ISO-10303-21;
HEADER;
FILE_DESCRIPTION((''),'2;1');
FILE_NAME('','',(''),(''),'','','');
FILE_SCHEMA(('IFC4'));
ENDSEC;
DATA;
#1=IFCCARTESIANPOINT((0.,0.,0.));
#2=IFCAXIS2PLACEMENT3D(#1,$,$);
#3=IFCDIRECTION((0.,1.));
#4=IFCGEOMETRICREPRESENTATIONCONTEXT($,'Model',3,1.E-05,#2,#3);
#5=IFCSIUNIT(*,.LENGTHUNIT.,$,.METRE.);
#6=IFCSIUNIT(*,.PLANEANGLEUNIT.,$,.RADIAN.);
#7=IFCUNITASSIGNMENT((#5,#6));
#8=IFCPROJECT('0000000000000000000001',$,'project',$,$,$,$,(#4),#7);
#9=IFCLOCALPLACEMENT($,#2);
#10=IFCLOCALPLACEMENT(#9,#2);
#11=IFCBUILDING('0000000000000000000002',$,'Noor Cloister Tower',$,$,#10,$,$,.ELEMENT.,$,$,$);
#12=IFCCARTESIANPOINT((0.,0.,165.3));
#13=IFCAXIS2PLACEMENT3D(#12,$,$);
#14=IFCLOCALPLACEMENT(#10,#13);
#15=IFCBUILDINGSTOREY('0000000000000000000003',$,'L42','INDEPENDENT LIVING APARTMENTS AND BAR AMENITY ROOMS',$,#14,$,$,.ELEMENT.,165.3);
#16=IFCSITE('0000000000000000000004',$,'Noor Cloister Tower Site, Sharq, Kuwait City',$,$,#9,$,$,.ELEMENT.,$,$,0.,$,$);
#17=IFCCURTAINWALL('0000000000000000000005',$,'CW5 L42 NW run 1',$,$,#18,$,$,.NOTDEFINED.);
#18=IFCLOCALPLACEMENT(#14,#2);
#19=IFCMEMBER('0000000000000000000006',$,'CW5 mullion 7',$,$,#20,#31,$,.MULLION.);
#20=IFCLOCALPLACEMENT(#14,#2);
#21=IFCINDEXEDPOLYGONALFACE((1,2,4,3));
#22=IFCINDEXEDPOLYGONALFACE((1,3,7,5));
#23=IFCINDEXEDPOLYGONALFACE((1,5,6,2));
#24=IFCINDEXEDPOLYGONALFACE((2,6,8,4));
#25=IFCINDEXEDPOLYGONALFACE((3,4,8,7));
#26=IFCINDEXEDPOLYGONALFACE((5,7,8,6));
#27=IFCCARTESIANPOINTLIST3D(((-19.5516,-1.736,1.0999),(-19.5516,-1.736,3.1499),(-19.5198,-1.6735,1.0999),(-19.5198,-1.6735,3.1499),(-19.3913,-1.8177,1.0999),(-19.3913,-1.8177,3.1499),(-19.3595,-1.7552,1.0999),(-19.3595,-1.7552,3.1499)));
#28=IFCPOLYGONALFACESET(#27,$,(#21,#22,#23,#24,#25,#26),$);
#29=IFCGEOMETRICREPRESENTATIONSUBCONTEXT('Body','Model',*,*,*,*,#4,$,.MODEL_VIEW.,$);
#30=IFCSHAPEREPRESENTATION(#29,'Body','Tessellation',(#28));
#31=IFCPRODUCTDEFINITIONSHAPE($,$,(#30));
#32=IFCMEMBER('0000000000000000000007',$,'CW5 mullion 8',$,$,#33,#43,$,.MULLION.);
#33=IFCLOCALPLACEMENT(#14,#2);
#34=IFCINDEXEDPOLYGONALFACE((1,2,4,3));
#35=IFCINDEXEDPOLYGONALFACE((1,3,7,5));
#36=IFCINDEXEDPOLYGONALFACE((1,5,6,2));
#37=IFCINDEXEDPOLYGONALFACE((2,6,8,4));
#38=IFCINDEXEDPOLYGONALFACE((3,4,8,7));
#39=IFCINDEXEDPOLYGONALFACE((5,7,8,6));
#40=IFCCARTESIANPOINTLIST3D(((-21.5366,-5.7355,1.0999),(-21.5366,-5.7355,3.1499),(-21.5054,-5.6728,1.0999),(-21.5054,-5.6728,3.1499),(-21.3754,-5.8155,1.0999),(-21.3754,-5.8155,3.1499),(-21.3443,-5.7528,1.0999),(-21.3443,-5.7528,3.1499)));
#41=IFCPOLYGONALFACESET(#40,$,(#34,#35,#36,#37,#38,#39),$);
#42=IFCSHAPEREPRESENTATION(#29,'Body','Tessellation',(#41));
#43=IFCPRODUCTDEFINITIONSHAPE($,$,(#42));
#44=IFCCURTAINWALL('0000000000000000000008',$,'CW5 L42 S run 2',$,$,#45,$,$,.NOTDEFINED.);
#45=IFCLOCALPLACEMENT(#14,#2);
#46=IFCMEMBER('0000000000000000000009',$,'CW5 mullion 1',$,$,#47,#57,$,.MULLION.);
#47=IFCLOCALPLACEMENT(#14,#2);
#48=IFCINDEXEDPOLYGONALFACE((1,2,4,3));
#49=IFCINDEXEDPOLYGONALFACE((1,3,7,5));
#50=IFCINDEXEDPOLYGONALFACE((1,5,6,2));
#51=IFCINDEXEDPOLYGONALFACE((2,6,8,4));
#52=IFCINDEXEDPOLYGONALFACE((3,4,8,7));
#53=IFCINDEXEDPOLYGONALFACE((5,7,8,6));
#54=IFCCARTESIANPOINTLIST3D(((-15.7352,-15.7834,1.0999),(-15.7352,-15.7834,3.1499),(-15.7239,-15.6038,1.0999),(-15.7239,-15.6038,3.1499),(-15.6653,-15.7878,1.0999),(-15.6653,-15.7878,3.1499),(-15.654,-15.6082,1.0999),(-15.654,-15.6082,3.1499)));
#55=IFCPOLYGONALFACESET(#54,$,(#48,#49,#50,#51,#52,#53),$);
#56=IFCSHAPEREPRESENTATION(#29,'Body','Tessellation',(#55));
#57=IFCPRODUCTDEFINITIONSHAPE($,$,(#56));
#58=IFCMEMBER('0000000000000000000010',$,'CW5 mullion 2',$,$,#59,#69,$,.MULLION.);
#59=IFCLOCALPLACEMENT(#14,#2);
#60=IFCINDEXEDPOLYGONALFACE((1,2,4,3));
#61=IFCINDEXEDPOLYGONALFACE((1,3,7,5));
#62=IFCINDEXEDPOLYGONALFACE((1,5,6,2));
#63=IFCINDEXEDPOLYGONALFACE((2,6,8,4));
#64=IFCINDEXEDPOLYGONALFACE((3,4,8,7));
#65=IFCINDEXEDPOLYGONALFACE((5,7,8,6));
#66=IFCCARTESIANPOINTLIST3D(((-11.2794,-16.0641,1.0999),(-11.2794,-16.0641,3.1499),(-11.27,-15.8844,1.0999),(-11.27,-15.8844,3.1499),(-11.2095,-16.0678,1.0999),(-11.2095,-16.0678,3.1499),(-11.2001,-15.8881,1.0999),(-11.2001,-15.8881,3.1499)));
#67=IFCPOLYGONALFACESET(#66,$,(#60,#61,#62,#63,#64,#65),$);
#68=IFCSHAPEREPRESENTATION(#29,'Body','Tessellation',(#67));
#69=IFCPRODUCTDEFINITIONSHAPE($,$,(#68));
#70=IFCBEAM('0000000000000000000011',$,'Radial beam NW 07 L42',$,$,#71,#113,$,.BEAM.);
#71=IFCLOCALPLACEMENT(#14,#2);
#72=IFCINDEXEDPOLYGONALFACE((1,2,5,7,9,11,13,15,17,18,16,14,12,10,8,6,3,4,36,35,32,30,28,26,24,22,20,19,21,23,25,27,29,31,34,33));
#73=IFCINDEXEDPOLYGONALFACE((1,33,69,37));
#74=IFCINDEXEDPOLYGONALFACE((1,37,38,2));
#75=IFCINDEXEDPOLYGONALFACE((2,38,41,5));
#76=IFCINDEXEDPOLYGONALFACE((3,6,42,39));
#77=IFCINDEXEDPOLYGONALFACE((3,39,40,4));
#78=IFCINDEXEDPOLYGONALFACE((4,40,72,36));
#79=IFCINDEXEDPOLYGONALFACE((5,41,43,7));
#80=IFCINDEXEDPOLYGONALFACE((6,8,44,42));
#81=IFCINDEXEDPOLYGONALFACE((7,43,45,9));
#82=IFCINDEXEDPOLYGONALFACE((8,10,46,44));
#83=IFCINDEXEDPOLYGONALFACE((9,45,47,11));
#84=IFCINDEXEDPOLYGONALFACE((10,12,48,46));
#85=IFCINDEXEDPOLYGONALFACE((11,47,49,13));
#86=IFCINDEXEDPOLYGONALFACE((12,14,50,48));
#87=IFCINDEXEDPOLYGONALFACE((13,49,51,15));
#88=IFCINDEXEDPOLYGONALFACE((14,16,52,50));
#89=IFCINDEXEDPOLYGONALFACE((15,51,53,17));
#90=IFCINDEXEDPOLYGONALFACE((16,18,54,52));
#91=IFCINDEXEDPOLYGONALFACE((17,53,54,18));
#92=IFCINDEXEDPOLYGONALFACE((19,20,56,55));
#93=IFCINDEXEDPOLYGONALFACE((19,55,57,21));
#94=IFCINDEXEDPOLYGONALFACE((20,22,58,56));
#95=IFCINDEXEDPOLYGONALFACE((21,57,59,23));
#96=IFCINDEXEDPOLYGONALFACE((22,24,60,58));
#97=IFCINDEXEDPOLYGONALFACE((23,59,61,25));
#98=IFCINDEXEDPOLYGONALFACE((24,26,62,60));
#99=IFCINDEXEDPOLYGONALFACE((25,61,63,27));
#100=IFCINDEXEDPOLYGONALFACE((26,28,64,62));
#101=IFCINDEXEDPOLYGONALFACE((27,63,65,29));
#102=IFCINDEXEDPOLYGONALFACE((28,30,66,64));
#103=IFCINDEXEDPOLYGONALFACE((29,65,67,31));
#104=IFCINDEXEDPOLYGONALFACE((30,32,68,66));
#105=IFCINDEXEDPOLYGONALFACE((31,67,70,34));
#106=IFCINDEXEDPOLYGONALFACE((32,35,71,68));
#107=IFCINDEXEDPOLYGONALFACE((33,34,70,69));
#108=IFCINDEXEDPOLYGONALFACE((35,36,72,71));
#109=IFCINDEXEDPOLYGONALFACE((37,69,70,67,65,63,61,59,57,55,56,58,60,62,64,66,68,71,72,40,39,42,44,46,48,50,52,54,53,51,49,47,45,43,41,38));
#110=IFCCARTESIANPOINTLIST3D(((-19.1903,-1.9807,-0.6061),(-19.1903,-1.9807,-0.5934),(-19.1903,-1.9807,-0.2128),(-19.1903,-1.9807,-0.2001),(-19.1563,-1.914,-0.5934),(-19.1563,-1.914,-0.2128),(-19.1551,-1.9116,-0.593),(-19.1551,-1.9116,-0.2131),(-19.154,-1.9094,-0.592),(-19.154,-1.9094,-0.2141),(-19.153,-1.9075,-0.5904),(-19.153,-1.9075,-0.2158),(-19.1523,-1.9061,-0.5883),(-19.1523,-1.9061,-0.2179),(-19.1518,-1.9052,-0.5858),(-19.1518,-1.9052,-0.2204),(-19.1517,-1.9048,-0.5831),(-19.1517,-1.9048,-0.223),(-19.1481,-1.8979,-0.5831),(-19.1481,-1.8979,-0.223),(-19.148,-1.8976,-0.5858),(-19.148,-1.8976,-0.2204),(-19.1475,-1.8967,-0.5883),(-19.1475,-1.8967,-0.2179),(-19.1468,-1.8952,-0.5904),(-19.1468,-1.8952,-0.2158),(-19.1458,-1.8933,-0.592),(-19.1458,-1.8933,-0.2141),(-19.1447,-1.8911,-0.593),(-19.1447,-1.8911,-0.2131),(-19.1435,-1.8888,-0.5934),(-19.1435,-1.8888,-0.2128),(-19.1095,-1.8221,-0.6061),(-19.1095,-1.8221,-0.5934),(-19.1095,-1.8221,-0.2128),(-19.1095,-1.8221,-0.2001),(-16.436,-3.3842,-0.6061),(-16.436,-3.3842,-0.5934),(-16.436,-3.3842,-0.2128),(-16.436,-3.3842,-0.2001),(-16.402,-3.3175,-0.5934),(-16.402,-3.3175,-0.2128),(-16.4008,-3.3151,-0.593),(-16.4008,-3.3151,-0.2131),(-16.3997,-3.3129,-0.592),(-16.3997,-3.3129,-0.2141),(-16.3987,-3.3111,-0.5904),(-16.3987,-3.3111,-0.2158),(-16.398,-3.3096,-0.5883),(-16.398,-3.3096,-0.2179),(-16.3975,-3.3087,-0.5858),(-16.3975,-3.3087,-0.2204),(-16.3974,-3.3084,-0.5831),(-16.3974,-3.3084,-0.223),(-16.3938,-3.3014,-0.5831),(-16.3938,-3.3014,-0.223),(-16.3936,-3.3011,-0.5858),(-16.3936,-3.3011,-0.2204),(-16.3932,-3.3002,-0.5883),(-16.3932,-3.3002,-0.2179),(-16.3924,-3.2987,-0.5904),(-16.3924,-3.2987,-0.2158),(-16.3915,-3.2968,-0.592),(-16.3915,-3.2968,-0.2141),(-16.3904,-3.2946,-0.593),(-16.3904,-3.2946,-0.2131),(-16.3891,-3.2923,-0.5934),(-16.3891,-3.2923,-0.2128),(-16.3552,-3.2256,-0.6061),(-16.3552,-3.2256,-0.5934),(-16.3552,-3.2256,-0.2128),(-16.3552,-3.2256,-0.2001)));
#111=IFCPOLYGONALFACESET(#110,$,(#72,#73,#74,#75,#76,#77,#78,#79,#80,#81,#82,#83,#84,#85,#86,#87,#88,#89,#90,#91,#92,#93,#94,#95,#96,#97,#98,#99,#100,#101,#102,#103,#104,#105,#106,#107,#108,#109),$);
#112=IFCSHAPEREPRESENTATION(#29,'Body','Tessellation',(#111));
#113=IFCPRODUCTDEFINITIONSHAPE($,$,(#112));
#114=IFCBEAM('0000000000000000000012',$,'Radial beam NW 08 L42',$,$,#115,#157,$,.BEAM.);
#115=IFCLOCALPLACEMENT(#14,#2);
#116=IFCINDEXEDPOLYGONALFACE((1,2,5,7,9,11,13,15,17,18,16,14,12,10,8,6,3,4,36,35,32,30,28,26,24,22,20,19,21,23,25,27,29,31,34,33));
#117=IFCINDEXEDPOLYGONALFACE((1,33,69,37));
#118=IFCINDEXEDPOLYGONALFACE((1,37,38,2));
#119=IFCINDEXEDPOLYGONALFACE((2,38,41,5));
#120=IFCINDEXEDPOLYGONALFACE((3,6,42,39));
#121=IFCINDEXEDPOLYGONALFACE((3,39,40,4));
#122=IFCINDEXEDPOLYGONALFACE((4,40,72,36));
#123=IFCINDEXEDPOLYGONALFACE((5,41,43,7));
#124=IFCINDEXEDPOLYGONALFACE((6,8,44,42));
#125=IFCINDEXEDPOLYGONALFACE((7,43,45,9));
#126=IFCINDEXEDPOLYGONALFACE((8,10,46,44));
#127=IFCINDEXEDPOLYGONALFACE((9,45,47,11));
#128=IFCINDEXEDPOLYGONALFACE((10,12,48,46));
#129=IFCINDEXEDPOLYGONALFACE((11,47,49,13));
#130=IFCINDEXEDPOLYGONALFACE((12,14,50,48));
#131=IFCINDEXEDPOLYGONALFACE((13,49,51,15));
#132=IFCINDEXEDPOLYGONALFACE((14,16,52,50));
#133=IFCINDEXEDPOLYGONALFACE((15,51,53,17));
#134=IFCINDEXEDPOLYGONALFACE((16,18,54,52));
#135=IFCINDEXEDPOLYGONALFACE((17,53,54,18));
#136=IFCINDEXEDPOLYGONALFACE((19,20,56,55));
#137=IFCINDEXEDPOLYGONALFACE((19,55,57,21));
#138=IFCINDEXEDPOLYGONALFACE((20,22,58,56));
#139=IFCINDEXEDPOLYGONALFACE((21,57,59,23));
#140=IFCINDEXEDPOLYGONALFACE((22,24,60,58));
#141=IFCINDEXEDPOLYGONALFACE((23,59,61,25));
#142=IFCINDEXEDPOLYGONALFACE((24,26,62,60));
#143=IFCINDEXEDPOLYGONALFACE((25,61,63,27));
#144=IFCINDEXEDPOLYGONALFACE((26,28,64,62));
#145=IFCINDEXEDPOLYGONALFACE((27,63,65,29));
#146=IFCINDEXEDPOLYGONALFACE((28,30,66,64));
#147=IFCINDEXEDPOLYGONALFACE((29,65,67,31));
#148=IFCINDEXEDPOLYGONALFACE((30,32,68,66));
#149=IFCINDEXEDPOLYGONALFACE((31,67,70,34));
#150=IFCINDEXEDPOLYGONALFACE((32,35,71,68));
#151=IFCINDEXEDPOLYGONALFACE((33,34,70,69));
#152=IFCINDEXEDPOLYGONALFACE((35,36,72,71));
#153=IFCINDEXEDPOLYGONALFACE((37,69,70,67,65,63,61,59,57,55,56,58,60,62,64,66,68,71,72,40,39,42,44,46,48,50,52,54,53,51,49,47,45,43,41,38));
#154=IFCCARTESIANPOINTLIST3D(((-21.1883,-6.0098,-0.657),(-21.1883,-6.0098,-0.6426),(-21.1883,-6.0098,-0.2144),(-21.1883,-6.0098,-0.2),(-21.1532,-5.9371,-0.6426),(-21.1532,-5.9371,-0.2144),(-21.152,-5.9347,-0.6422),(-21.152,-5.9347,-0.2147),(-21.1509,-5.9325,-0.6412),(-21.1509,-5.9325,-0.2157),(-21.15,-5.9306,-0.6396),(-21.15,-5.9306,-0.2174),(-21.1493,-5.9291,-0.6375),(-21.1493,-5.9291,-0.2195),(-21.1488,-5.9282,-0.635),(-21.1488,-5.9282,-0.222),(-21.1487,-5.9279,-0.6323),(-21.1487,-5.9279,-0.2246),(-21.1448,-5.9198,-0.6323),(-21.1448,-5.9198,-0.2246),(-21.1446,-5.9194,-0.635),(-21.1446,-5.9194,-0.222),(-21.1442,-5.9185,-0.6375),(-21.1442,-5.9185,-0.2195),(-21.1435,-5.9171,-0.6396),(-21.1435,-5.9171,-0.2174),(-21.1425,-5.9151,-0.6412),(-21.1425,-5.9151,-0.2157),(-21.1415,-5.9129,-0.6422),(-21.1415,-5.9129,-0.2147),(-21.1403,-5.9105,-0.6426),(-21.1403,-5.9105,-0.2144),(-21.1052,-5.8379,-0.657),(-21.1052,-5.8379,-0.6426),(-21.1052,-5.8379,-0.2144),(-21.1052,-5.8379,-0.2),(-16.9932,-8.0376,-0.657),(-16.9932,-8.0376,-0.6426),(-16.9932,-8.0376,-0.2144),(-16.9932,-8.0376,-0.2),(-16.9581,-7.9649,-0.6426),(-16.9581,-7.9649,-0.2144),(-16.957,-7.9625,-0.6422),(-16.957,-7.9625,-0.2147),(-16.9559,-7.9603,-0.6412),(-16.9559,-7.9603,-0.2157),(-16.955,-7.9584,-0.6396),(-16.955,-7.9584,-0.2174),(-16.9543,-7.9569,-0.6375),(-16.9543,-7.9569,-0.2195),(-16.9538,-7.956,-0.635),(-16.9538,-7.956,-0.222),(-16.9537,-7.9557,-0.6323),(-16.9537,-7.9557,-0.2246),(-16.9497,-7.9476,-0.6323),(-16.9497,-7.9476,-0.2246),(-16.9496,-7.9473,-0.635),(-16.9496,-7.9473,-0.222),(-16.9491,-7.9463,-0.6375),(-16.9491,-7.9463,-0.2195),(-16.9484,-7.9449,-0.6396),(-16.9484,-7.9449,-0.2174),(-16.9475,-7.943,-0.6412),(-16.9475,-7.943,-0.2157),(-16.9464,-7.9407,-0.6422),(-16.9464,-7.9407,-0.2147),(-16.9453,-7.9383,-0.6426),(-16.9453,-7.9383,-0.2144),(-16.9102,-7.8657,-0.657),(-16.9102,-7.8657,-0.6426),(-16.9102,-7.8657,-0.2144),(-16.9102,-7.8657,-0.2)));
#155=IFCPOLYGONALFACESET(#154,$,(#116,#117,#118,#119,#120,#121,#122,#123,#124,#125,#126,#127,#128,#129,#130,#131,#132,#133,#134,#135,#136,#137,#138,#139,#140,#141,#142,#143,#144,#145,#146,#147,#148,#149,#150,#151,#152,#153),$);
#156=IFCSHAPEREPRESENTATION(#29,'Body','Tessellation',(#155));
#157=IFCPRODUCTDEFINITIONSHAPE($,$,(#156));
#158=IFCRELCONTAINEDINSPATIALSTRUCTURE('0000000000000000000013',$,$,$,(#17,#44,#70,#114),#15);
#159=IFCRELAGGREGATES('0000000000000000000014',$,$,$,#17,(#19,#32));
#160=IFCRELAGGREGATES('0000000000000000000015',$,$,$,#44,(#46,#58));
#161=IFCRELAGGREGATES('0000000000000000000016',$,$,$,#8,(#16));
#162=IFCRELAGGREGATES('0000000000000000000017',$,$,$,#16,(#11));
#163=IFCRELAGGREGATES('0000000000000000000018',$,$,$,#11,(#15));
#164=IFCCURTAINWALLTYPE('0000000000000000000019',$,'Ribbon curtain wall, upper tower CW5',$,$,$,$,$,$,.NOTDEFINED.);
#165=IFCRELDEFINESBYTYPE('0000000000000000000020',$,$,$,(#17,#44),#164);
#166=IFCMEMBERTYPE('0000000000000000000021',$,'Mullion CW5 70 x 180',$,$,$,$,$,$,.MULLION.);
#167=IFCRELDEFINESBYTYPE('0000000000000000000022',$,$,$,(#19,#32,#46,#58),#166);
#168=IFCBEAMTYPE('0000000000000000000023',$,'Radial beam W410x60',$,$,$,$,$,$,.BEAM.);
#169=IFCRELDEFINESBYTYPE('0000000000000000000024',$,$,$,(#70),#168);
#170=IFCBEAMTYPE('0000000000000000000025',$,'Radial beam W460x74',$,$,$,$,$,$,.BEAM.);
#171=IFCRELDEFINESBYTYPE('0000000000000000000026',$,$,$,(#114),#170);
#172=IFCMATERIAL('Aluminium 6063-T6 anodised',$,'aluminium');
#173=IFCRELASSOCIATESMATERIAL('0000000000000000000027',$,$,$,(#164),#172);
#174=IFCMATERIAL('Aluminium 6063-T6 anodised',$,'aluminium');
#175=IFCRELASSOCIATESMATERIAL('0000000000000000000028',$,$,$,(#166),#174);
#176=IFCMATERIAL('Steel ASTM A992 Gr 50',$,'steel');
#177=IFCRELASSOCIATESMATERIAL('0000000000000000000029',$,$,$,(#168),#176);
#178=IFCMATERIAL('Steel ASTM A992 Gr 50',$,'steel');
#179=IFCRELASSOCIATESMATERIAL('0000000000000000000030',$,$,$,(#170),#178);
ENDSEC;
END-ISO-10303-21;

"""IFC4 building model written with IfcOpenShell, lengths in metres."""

from ifc_helpers import new_model, si_unit, direction, frame, origin, origin_2d, place, context, subcontext, project, spatial, rectangle, i_section, extrude, material, material_profile, profile_set, type_object, element, aggregate, save


model = new_model("IFC4")

# Units and contexts
model_context = context("Model", 3, precision=1e-05, world=origin(), true_north=direction((0.0, 1.0)))
body_context = subcontext(model_context, "Body", "Model", "MODEL_VIEW")
ifc_project = project(units=[si_unit("LENGTHUNIT", "METRE"), si_unit("PLANEANGLEUNIT", "RADIAN")], contexts=[model_context])

# Site, building, storey
site_placement = place(None, origin())
site = spatial("IfcSite", under=ifc_project, at=site_placement, Name="Noor Cloister Tower Site, Sharq, Kuwait City", CompositionType="ELEMENT", RefElevation=0.0)
building_placement = place(site_placement, origin())
building = spatial("IfcBuilding", under=site, at=building_placement, Name="Noor Cloister Tower", CompositionType="ELEMENT")
storey_placement = place(building_placement, frame((0.0, 0.0, 165.3)))
storey = spatial("IfcBuildingStorey", under=building, at=storey_placement, Name="L42", Description="INDEPENDENT LIVING APARTMENTS AND BAR AMENITY ROOMS", CompositionType="ELEMENT", Elevation=165.3)

# Curtain walls, members
ifc_material_1 = material(Name="Aluminium 6063-T6 anodised", Category="aluminium")
curtain_wall_type = type_object("IfcCurtainWallType", Name="Ribbon curtain wall, upper tower CW5", PredefinedType="NOTDEFINED", material=ifc_material_1)
curtain_wall_1_placement = place(storey_placement, origin())
curtain_wall_1 = element("IfcCurtainWall", 1, at=curtain_wall_1_placement, inside=storey, type_object=curtain_wall_type, Name="CW5 L42 NW run 1", PredefinedType="NOTDEFINED")
ifc_material_2 = material(Name="Aluminium 6063-T6 anodised", Category="aluminium")
ifc_material_profile_1 = material_profile(ifc_material_2, rectangle(XDim=0.1799, YDim=0.0701, at=origin_2d()), Name="180 x 70 mullion")
ifc_profile_set_1 = profile_set([ifc_material_profile_1], Name="Aluminium 6063-T6 anodised")
member_type = type_object("IfcMemberType", Name="Mullion CW5 70 x 180", PredefinedType="MULLION", material=ifc_profile_set_1)
member_1_placement = place(storey_placement, frame((-19.4556, -1.7456, 1.0999), z_axis=(0.0, 0.0, 1.0), x_axis=(0.891009, -0.453985, 0.0)))
member_1 = element("IfcMember", 2, at=member_1_placement, type_object=member_type, Name="CW5 mullion 7", PredefinedType="MULLION", context=body_context, shape_type="SweptSolid", body=[
    extrude(rectangle(XDim=0.1799, YDim=0.0701, at=origin_2d()), origin(), (0.0, 0.0, 1.0), 2.05),
])
member_2_placement = place(storey_placement, frame((-21.4404, -5.7441, 1.0999), z_axis=(0.0, 0.0, 1.0), x_axis=(0.895715, -0.444629, 0.0)))
member_2 = element("IfcMember", 3, at=member_2_placement, type_object=member_type, Name="CW5 mullion 8", PredefinedType="MULLION", context=body_context, shape_type="SweptSolid", body=[
    extrude(rectangle(XDim=0.1799, YDim=0.0701, at=origin_2d()), origin(), (0.0, 0.0, 1.0), 2.05),
])
curtain_wall_2_placement = place(storey_placement, origin())
curtain_wall_2 = element("IfcCurtainWall", 4, at=curtain_wall_2_placement, inside=storey, type_object=curtain_wall_type, Name="CW5 L42 S run 2", PredefinedType="NOTDEFINED")
member_3_placement = place(storey_placement, frame((-15.6946, -15.6958, 1.0999), z_axis=(0.0, 0.0, 1.0), x_axis=(0.062798, 0.998026, 0.0)))
member_3 = element("IfcMember", 5, at=member_3_placement, type_object=member_type, Name="CW5 mullion 1", PredefinedType="MULLION", context=body_context, shape_type="SweptSolid", body=[
    extrude(rectangle(XDim=0.1799, YDim=0.0701, at=origin_2d()), origin(), (0.0, 0.0, 1.0), 2.05),
])
member_4_placement = place(storey_placement, frame((-11.2397, -15.9761, 1.0999), z_axis=(0.0, 0.0, 1.0), x_axis=(0.052342, 0.998629, 0.0)))
member_4 = element("IfcMember", 6, at=member_4_placement, type_object=member_type, Name="CW5 mullion 2", PredefinedType="MULLION", context=body_context, shape_type="SweptSolid", body=[
    extrude(rectangle(XDim=0.1799, YDim=0.0701, at=origin_2d()), origin(), (0.0, 0.0, 1.0), 2.05),
])

# Beams
ifc_material_3 = material(Name="Steel ASTM A992 Gr 50", Category="steel")
ifc_material_profile_2 = material_profile(ifc_material_3, i_section(OverallWidth=0.178, OverallDepth=0.406, WebThickness=0.0078, FlangeThickness=0.0127, FilletRadius=0.0103, at=origin_2d()), Name="W410x60")
ifc_profile_set_2 = profile_set([ifc_material_profile_2], Name="Steel ASTM A992 Gr 50")
beam_type_1 = type_object("IfcBeamType", Name="Radial beam W410x60", PredefinedType="BEAM", material=ifc_profile_set_2)
beam_1_placement = place(storey_placement, frame((-19.1499, -1.9014, -0.4031), z_axis=(0.890989, -0.454024, 0.0), x_axis=(0.454024, 0.890989, 0.0)))
element("IfcBeam", 7, at=beam_1_placement, inside=storey, type_object=beam_type_1, Name="Radial beam NW 07 L42", PredefinedType="BEAM", context=body_context, shape_type="SweptSolid", body=[
    extrude(i_section(OverallWidth=0.178, OverallDepth=0.406, WebThickness=0.0078, FlangeThickness=0.0127, FilletRadius=0.0103, at=origin_2d()), origin(), (0.0, 0.0, 1.0), 3.0913),
])
ifc_material_4 = material(Name="Steel ASTM A992 Gr 50", Category="steel")
ifc_material_profile_3 = material_profile(ifc_material_4, i_section(OverallWidth=0.1909, OverallDepth=0.457, WebThickness=0.009, FlangeThickness=0.0144, FilletRadius=0.0103, at=origin_2d()), Name="W460x74")
ifc_profile_set_3 = profile_set([ifc_material_profile_3], Name="Steel ASTM A992 Gr 50")
beam_type_2 = type_object("IfcBeamType", Name="Radial beam W460x74", PredefinedType="BEAM", material=ifc_profile_set_3)
beam_2_placement = place(storey_placement, frame((-21.1467, -5.9238, -0.4285), z_axis=(0.900331, -0.435206, 0.0), x_axis=(0.435206, 0.900331, 0.0)))
element("IfcBeam", 8, at=beam_2_placement, inside=storey, type_object=beam_type_2, Name="Radial beam NW 08 L42", PredefinedType="BEAM", context=body_context, shape_type="SweptSolid", body=[
    extrude(i_section(OverallWidth=0.1909, OverallDepth=0.457, WebThickness=0.009, FlangeThickness=0.0144, FilletRadius=0.0103, at=origin_2d()), origin(), (0.0, 0.0, 1.0), 4.6594),
])

aggregate(curtain_wall_1, [member_1, member_2])
aggregate(curtain_wall_2, [member_3, member_4])

save(model, "model.ifc")
